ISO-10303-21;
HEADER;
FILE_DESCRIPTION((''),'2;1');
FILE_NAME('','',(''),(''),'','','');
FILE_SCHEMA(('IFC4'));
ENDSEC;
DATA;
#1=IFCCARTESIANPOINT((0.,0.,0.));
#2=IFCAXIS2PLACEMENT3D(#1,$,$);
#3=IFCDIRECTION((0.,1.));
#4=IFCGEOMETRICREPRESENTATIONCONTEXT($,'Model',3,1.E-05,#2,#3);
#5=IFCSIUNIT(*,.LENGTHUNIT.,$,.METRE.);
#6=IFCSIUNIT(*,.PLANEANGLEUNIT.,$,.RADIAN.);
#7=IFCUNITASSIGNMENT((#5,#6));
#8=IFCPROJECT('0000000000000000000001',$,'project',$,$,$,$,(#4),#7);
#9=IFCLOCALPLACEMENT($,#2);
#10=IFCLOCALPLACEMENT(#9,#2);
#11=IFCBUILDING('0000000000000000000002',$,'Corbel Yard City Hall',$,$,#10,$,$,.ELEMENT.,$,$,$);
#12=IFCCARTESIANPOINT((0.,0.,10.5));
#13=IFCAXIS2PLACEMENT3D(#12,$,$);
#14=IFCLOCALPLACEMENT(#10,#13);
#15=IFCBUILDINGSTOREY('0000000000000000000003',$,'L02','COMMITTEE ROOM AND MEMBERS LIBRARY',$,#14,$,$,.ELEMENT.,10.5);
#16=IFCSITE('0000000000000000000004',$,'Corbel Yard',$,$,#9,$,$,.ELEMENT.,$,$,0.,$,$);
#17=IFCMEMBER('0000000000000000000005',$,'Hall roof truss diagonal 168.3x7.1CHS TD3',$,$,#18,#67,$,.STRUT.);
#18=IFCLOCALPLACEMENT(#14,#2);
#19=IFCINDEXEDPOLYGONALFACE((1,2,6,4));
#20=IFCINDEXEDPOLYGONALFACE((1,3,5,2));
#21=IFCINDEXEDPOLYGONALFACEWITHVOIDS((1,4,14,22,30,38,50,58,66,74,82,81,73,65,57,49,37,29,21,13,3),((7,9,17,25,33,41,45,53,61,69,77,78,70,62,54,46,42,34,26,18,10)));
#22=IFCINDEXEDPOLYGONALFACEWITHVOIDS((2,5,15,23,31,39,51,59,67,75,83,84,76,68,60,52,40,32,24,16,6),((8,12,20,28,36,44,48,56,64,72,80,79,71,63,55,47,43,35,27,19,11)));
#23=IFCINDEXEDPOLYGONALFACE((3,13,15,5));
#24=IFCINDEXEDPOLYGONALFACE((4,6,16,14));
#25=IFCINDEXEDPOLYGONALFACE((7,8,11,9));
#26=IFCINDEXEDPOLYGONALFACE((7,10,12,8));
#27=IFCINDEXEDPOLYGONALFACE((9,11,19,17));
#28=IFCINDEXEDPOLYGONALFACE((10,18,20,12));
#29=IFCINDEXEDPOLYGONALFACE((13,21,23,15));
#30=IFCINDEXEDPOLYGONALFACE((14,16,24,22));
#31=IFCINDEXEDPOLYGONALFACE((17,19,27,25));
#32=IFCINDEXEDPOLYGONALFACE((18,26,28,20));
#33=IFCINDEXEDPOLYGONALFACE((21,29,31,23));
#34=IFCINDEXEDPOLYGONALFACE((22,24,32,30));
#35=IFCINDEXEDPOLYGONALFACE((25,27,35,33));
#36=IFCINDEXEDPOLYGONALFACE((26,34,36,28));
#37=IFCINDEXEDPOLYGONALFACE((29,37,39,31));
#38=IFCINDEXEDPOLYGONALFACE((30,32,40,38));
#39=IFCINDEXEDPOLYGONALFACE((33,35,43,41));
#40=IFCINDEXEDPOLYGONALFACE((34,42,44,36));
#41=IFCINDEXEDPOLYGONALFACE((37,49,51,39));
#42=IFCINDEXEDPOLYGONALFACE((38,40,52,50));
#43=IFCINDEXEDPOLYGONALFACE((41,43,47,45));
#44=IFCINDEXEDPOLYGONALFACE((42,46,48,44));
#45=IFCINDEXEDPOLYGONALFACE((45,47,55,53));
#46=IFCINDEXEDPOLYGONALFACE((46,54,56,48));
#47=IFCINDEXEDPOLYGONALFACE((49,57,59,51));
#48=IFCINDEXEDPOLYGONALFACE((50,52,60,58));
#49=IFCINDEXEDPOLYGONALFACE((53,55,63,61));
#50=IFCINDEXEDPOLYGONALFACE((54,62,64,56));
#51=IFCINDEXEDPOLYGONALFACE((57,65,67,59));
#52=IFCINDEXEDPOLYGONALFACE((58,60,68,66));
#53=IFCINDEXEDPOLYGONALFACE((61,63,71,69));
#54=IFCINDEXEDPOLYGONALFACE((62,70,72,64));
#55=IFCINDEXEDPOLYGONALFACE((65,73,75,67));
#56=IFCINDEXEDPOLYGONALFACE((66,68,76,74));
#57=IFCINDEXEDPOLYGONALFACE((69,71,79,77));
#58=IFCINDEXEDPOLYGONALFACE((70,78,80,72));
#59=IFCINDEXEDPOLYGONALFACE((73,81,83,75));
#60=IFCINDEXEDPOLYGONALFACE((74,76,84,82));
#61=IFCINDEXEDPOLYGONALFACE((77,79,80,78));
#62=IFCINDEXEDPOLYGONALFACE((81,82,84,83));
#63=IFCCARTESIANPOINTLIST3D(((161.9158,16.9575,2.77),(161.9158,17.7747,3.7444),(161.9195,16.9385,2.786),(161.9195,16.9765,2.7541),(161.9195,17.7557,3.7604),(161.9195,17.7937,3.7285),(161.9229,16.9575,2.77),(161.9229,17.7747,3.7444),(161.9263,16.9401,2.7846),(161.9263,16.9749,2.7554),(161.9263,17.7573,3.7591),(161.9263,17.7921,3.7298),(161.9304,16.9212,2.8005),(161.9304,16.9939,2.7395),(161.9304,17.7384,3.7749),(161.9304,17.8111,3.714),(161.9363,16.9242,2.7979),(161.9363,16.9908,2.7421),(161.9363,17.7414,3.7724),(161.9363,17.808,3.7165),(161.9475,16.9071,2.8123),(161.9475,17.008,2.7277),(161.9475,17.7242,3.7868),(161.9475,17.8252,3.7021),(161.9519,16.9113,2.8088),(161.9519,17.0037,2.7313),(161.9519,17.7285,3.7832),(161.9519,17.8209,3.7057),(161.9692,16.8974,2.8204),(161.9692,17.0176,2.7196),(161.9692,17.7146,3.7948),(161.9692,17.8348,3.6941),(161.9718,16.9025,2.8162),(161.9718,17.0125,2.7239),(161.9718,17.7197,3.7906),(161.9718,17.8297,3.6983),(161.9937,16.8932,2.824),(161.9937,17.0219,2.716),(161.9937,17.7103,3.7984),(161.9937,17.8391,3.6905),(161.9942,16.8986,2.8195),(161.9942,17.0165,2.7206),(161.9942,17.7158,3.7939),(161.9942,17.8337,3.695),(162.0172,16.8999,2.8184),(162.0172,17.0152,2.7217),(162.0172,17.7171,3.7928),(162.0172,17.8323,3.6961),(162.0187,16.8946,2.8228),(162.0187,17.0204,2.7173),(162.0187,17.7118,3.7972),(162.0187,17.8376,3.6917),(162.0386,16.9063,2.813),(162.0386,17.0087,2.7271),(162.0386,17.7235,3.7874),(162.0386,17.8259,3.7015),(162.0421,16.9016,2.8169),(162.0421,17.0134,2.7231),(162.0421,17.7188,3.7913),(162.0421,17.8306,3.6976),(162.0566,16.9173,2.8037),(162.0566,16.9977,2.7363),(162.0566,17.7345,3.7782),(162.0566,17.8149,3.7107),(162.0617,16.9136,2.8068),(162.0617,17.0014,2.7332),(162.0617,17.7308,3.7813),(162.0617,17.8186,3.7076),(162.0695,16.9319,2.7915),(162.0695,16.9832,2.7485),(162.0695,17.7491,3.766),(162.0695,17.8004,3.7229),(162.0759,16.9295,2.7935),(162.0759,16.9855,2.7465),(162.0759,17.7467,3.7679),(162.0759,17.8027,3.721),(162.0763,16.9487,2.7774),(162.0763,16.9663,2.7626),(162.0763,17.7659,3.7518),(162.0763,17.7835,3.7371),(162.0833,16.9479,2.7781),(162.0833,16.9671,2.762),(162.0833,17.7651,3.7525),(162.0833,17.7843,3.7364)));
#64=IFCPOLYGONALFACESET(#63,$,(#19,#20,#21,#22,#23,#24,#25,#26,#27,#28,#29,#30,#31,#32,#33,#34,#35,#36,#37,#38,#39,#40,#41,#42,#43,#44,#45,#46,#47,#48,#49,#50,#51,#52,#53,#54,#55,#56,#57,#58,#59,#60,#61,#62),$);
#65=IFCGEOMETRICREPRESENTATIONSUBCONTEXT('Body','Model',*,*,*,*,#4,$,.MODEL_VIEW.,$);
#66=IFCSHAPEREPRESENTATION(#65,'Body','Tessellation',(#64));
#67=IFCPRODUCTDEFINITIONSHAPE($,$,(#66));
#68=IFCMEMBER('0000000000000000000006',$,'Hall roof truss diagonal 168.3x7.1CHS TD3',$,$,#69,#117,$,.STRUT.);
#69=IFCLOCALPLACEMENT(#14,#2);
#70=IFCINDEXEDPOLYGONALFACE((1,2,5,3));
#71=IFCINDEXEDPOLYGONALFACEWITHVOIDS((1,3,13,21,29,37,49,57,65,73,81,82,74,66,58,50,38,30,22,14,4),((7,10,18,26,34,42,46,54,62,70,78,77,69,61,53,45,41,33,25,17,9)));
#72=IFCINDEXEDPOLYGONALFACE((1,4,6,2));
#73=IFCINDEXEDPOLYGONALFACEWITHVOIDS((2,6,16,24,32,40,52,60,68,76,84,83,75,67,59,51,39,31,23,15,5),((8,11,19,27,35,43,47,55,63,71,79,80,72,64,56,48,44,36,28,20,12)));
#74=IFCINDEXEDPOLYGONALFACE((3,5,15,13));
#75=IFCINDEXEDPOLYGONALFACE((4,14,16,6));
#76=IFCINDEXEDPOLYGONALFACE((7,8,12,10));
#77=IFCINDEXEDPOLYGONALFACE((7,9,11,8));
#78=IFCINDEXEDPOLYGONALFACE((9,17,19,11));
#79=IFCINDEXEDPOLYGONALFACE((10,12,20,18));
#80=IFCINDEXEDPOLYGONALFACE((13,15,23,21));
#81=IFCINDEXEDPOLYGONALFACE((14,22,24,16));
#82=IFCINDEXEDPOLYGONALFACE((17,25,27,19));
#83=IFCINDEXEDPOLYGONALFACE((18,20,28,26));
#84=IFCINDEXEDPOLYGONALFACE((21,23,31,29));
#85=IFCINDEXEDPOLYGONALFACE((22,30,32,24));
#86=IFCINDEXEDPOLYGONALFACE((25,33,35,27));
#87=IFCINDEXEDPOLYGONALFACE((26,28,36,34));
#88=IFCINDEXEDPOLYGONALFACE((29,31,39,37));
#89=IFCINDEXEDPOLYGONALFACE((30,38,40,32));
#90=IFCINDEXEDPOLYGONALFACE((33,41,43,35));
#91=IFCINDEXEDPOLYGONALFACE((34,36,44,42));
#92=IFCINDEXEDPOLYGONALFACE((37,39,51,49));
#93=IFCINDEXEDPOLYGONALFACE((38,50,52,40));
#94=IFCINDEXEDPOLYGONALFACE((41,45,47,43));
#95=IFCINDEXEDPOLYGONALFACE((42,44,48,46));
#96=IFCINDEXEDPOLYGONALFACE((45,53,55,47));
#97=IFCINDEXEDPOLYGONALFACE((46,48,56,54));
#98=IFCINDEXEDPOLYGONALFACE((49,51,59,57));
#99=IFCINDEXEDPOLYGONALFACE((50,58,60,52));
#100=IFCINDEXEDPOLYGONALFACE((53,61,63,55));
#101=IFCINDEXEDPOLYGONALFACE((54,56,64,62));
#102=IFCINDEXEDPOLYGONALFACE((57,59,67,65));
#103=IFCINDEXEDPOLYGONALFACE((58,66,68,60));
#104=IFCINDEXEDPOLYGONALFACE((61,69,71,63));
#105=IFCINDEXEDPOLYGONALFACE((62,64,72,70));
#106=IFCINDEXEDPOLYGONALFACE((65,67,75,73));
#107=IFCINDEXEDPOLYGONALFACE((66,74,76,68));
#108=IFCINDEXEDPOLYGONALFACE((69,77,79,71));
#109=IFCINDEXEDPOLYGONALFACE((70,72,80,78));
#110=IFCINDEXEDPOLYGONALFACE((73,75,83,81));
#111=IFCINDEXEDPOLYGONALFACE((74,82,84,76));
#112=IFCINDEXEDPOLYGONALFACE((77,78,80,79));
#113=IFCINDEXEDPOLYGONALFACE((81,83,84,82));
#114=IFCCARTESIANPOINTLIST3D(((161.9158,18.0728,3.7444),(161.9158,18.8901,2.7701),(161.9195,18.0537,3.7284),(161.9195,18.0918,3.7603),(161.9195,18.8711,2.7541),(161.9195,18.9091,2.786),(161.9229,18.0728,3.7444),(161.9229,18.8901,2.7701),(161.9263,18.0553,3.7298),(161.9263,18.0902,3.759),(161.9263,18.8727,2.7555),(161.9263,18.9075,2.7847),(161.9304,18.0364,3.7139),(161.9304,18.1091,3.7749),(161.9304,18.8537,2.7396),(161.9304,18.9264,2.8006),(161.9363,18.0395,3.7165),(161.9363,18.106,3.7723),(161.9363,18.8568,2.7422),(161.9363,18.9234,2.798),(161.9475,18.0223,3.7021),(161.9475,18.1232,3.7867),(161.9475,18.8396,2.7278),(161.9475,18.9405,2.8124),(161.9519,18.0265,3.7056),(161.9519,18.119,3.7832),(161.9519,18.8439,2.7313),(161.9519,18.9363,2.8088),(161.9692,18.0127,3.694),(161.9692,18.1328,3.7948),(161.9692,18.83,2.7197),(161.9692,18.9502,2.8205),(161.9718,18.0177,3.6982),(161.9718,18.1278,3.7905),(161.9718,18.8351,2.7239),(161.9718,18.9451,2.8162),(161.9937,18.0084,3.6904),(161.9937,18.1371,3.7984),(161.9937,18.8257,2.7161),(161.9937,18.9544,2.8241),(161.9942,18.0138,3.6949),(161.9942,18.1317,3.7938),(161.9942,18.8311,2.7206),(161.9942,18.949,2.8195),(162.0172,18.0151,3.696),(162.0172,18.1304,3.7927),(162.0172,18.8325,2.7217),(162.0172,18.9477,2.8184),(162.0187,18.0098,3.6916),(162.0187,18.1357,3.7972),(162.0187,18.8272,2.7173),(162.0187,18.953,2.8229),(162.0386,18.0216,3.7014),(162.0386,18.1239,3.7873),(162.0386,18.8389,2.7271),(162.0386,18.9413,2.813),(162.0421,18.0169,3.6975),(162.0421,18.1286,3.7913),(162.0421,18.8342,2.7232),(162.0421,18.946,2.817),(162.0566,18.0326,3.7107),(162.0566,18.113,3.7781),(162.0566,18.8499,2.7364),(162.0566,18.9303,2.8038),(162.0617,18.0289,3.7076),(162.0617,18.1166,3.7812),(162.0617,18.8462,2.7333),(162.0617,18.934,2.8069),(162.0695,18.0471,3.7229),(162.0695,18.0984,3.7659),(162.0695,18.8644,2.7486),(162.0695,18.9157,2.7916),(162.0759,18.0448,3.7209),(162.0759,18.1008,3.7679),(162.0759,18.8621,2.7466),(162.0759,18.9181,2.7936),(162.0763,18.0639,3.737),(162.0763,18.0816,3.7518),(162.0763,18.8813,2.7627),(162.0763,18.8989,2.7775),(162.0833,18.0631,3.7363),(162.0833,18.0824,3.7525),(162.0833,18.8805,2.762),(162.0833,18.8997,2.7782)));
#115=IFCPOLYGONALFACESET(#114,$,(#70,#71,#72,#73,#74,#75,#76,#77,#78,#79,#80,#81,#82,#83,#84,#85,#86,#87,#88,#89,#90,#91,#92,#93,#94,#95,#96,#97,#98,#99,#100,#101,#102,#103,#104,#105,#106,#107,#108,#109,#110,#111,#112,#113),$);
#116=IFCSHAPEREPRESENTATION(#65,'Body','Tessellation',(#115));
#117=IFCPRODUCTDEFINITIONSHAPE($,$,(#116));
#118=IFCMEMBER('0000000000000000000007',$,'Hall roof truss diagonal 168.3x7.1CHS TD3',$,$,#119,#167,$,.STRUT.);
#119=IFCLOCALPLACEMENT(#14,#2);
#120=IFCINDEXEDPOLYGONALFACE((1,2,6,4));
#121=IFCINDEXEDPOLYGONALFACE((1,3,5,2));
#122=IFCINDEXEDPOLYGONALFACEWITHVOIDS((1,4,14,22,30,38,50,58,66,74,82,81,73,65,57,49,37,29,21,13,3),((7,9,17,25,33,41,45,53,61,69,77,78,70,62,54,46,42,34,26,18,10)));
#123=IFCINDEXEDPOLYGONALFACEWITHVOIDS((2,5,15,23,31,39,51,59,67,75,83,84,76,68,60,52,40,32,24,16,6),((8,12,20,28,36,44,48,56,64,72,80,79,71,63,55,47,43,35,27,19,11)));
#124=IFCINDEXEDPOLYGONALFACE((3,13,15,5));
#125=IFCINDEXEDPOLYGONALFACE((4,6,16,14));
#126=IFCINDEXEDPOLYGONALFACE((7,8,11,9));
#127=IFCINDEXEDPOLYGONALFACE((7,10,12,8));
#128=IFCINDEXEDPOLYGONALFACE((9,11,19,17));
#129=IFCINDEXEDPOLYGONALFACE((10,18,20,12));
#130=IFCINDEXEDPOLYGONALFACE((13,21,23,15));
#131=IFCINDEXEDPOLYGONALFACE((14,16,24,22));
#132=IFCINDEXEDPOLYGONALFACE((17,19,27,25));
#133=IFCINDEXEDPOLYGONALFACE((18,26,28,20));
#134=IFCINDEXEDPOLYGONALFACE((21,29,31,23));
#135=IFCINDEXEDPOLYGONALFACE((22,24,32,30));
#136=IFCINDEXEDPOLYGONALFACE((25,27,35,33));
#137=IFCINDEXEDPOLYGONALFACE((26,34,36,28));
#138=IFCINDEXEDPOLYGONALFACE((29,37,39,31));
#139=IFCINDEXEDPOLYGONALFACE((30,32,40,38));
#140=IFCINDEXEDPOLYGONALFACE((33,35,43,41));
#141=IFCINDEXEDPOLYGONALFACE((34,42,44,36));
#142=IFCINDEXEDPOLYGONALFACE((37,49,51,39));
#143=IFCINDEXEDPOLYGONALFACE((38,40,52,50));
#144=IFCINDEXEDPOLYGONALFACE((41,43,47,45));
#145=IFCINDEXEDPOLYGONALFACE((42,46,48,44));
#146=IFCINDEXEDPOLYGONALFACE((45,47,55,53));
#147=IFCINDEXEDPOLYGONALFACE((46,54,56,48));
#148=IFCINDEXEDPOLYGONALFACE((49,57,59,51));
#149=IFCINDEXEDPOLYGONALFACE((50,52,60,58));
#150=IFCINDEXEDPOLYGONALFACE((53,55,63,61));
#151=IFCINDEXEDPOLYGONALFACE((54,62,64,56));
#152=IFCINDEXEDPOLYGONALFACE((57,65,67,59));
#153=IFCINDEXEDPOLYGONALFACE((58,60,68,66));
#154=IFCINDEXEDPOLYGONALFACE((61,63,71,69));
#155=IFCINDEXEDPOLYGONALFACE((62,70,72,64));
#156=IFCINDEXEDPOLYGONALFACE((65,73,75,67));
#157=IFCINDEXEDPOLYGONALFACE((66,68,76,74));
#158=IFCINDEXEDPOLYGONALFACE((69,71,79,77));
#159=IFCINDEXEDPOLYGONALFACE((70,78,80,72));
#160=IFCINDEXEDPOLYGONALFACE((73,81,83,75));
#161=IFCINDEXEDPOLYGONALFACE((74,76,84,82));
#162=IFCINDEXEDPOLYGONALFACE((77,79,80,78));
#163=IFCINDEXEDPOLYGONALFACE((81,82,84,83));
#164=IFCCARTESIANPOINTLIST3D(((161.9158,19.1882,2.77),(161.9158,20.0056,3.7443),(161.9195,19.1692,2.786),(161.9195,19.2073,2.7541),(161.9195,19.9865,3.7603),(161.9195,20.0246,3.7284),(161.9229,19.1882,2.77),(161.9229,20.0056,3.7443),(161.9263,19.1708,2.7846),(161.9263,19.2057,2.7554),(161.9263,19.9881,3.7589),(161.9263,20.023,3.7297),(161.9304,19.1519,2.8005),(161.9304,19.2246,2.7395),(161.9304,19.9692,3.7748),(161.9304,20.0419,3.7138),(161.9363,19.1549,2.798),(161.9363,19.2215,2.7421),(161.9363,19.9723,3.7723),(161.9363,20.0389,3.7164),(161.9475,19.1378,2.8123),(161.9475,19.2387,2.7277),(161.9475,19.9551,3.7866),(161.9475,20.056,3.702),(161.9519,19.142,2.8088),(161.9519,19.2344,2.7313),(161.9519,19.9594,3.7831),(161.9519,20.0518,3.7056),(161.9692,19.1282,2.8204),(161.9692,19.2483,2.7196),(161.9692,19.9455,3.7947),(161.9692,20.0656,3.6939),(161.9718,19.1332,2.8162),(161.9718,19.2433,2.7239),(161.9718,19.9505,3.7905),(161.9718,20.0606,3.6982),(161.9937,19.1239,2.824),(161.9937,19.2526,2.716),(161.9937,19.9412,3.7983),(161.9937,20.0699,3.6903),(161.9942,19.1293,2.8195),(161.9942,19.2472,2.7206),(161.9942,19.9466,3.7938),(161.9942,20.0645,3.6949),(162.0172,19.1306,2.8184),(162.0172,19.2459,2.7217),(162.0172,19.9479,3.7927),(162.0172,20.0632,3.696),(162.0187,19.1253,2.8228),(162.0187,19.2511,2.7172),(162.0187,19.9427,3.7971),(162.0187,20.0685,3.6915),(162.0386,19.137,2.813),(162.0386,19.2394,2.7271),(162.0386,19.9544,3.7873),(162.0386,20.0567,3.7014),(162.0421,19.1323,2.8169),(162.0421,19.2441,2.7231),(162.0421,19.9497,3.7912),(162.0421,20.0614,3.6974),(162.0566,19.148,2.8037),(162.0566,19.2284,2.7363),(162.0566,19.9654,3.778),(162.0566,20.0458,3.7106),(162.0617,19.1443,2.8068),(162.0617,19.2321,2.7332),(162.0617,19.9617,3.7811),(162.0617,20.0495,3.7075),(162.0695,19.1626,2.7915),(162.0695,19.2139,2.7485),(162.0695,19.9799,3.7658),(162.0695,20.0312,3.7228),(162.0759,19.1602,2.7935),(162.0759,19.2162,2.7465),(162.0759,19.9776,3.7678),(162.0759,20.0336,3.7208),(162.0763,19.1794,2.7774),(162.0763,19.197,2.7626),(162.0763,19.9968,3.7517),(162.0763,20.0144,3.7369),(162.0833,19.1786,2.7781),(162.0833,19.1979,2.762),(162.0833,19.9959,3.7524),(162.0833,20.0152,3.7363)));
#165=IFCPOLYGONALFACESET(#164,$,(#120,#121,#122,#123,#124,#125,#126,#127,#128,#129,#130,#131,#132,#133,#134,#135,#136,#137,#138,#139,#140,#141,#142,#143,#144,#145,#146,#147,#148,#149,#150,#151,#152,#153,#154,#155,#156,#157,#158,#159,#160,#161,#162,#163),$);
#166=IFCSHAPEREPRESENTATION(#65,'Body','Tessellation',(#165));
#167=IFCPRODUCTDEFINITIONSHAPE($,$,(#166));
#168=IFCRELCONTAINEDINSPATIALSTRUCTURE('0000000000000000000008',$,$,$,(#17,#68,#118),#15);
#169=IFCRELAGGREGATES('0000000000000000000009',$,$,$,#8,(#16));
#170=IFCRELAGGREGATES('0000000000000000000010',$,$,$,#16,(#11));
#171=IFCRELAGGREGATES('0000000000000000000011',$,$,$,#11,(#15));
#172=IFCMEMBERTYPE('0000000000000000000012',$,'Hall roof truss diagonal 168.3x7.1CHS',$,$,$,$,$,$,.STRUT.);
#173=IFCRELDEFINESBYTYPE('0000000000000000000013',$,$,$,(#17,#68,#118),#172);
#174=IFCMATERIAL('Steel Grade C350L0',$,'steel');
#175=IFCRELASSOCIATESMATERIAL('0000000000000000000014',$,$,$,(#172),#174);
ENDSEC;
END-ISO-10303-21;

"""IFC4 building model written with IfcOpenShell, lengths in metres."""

from ifc_helpers import new_model, si_unit, direction, frame, origin, origin_2d, place, context, subcontext, project, spatial, hollow_circle, extrude, material, material_profile, profile_set, type_object, element, save


model = new_model("IFC4")

# Units and contexts
model_context = context("Model", 3, precision=1e-05, world=origin(), true_north=direction((0.0, 1.0)))
body_context = subcontext(model_context, "Body", "Model", "MODEL_VIEW")
ifc_project = project(units=[si_unit("LENGTHUNIT", "METRE"), si_unit("PLANEANGLEUNIT", "RADIAN")], contexts=[model_context])

# Site, building, storey
site_placement = place(None, origin())
site = spatial("IfcSite", under=ifc_project, at=site_placement, Name="Corbel Yard", CompositionType="ELEMENT", RefElevation=0.0)
building_placement = place(site_placement, origin())
building = spatial("IfcBuilding", under=site, at=building_placement, Name="Corbel Yard City Hall", CompositionType="ELEMENT")
storey_placement = place(building_placement, frame((0.0, 0.0, 10.5)))
storey = spatial("IfcBuildingStorey", under=building, at=storey_placement, Name="L02", Description="COMMITTEE ROOM AND MEMBERS LIBRARY", CompositionType="ELEMENT", Elevation=10.5)

# Members
ifc_material_1 = material(Name="Steel Grade C350L0", Category="steel")
ifc_material_profile_1 = material_profile(ifc_material_1, hollow_circle(Radius=0.0842, WallThickness=0.0071, at=origin_2d()), Name="168.3x7.1CHS")
ifc_profile_set_1 = profile_set([ifc_material_profile_1], Name="Steel Grade C350L0")
member_type_1 = type_object("IfcMemberType", Name="Hall roof truss diagonal 168.3x7.1CHS", PredefinedType="STRUT", material=ifc_profile_set_1)
for number, where, z_axis, x_axis, name in (
    (1, (162.0, 16.9575, 2.77), (0.0, 0.64258, 0.766219), (-1.0, 0.0, 0.0), "Hall roof truss diagonal 168.3x7.1CHS TD3"),
    (2, (162.0, 18.0728, 3.7444), (0.0, 0.642692, -0.766124), (-1.0, 0.0, 0.0), "Hall roof truss diagonal 168.3x7.1CHS TD3"),
    (3, (162.0, 19.1882, 2.77), (0.0, 0.642692, 0.766124), (-1.0, 0.0, 0.0), "Hall roof truss diagonal 168.3x7.1CHS TD3"),
):
    element("IfcMember", number, at=place(storey_placement, frame(where, z_axis=z_axis, x_axis=x_axis)), inside=storey, type_object=member_type_1, Name=name, PredefinedType="STRUT", context=body_context, shape_type="SweptSolid", body=[
        extrude(hollow_circle(Radius=0.0842, WallThickness=0.0071, at=origin_2d()), origin(), (0.0, 0.0, 1.0), 1.2717),
    ])

save(model, "model.ifc")
